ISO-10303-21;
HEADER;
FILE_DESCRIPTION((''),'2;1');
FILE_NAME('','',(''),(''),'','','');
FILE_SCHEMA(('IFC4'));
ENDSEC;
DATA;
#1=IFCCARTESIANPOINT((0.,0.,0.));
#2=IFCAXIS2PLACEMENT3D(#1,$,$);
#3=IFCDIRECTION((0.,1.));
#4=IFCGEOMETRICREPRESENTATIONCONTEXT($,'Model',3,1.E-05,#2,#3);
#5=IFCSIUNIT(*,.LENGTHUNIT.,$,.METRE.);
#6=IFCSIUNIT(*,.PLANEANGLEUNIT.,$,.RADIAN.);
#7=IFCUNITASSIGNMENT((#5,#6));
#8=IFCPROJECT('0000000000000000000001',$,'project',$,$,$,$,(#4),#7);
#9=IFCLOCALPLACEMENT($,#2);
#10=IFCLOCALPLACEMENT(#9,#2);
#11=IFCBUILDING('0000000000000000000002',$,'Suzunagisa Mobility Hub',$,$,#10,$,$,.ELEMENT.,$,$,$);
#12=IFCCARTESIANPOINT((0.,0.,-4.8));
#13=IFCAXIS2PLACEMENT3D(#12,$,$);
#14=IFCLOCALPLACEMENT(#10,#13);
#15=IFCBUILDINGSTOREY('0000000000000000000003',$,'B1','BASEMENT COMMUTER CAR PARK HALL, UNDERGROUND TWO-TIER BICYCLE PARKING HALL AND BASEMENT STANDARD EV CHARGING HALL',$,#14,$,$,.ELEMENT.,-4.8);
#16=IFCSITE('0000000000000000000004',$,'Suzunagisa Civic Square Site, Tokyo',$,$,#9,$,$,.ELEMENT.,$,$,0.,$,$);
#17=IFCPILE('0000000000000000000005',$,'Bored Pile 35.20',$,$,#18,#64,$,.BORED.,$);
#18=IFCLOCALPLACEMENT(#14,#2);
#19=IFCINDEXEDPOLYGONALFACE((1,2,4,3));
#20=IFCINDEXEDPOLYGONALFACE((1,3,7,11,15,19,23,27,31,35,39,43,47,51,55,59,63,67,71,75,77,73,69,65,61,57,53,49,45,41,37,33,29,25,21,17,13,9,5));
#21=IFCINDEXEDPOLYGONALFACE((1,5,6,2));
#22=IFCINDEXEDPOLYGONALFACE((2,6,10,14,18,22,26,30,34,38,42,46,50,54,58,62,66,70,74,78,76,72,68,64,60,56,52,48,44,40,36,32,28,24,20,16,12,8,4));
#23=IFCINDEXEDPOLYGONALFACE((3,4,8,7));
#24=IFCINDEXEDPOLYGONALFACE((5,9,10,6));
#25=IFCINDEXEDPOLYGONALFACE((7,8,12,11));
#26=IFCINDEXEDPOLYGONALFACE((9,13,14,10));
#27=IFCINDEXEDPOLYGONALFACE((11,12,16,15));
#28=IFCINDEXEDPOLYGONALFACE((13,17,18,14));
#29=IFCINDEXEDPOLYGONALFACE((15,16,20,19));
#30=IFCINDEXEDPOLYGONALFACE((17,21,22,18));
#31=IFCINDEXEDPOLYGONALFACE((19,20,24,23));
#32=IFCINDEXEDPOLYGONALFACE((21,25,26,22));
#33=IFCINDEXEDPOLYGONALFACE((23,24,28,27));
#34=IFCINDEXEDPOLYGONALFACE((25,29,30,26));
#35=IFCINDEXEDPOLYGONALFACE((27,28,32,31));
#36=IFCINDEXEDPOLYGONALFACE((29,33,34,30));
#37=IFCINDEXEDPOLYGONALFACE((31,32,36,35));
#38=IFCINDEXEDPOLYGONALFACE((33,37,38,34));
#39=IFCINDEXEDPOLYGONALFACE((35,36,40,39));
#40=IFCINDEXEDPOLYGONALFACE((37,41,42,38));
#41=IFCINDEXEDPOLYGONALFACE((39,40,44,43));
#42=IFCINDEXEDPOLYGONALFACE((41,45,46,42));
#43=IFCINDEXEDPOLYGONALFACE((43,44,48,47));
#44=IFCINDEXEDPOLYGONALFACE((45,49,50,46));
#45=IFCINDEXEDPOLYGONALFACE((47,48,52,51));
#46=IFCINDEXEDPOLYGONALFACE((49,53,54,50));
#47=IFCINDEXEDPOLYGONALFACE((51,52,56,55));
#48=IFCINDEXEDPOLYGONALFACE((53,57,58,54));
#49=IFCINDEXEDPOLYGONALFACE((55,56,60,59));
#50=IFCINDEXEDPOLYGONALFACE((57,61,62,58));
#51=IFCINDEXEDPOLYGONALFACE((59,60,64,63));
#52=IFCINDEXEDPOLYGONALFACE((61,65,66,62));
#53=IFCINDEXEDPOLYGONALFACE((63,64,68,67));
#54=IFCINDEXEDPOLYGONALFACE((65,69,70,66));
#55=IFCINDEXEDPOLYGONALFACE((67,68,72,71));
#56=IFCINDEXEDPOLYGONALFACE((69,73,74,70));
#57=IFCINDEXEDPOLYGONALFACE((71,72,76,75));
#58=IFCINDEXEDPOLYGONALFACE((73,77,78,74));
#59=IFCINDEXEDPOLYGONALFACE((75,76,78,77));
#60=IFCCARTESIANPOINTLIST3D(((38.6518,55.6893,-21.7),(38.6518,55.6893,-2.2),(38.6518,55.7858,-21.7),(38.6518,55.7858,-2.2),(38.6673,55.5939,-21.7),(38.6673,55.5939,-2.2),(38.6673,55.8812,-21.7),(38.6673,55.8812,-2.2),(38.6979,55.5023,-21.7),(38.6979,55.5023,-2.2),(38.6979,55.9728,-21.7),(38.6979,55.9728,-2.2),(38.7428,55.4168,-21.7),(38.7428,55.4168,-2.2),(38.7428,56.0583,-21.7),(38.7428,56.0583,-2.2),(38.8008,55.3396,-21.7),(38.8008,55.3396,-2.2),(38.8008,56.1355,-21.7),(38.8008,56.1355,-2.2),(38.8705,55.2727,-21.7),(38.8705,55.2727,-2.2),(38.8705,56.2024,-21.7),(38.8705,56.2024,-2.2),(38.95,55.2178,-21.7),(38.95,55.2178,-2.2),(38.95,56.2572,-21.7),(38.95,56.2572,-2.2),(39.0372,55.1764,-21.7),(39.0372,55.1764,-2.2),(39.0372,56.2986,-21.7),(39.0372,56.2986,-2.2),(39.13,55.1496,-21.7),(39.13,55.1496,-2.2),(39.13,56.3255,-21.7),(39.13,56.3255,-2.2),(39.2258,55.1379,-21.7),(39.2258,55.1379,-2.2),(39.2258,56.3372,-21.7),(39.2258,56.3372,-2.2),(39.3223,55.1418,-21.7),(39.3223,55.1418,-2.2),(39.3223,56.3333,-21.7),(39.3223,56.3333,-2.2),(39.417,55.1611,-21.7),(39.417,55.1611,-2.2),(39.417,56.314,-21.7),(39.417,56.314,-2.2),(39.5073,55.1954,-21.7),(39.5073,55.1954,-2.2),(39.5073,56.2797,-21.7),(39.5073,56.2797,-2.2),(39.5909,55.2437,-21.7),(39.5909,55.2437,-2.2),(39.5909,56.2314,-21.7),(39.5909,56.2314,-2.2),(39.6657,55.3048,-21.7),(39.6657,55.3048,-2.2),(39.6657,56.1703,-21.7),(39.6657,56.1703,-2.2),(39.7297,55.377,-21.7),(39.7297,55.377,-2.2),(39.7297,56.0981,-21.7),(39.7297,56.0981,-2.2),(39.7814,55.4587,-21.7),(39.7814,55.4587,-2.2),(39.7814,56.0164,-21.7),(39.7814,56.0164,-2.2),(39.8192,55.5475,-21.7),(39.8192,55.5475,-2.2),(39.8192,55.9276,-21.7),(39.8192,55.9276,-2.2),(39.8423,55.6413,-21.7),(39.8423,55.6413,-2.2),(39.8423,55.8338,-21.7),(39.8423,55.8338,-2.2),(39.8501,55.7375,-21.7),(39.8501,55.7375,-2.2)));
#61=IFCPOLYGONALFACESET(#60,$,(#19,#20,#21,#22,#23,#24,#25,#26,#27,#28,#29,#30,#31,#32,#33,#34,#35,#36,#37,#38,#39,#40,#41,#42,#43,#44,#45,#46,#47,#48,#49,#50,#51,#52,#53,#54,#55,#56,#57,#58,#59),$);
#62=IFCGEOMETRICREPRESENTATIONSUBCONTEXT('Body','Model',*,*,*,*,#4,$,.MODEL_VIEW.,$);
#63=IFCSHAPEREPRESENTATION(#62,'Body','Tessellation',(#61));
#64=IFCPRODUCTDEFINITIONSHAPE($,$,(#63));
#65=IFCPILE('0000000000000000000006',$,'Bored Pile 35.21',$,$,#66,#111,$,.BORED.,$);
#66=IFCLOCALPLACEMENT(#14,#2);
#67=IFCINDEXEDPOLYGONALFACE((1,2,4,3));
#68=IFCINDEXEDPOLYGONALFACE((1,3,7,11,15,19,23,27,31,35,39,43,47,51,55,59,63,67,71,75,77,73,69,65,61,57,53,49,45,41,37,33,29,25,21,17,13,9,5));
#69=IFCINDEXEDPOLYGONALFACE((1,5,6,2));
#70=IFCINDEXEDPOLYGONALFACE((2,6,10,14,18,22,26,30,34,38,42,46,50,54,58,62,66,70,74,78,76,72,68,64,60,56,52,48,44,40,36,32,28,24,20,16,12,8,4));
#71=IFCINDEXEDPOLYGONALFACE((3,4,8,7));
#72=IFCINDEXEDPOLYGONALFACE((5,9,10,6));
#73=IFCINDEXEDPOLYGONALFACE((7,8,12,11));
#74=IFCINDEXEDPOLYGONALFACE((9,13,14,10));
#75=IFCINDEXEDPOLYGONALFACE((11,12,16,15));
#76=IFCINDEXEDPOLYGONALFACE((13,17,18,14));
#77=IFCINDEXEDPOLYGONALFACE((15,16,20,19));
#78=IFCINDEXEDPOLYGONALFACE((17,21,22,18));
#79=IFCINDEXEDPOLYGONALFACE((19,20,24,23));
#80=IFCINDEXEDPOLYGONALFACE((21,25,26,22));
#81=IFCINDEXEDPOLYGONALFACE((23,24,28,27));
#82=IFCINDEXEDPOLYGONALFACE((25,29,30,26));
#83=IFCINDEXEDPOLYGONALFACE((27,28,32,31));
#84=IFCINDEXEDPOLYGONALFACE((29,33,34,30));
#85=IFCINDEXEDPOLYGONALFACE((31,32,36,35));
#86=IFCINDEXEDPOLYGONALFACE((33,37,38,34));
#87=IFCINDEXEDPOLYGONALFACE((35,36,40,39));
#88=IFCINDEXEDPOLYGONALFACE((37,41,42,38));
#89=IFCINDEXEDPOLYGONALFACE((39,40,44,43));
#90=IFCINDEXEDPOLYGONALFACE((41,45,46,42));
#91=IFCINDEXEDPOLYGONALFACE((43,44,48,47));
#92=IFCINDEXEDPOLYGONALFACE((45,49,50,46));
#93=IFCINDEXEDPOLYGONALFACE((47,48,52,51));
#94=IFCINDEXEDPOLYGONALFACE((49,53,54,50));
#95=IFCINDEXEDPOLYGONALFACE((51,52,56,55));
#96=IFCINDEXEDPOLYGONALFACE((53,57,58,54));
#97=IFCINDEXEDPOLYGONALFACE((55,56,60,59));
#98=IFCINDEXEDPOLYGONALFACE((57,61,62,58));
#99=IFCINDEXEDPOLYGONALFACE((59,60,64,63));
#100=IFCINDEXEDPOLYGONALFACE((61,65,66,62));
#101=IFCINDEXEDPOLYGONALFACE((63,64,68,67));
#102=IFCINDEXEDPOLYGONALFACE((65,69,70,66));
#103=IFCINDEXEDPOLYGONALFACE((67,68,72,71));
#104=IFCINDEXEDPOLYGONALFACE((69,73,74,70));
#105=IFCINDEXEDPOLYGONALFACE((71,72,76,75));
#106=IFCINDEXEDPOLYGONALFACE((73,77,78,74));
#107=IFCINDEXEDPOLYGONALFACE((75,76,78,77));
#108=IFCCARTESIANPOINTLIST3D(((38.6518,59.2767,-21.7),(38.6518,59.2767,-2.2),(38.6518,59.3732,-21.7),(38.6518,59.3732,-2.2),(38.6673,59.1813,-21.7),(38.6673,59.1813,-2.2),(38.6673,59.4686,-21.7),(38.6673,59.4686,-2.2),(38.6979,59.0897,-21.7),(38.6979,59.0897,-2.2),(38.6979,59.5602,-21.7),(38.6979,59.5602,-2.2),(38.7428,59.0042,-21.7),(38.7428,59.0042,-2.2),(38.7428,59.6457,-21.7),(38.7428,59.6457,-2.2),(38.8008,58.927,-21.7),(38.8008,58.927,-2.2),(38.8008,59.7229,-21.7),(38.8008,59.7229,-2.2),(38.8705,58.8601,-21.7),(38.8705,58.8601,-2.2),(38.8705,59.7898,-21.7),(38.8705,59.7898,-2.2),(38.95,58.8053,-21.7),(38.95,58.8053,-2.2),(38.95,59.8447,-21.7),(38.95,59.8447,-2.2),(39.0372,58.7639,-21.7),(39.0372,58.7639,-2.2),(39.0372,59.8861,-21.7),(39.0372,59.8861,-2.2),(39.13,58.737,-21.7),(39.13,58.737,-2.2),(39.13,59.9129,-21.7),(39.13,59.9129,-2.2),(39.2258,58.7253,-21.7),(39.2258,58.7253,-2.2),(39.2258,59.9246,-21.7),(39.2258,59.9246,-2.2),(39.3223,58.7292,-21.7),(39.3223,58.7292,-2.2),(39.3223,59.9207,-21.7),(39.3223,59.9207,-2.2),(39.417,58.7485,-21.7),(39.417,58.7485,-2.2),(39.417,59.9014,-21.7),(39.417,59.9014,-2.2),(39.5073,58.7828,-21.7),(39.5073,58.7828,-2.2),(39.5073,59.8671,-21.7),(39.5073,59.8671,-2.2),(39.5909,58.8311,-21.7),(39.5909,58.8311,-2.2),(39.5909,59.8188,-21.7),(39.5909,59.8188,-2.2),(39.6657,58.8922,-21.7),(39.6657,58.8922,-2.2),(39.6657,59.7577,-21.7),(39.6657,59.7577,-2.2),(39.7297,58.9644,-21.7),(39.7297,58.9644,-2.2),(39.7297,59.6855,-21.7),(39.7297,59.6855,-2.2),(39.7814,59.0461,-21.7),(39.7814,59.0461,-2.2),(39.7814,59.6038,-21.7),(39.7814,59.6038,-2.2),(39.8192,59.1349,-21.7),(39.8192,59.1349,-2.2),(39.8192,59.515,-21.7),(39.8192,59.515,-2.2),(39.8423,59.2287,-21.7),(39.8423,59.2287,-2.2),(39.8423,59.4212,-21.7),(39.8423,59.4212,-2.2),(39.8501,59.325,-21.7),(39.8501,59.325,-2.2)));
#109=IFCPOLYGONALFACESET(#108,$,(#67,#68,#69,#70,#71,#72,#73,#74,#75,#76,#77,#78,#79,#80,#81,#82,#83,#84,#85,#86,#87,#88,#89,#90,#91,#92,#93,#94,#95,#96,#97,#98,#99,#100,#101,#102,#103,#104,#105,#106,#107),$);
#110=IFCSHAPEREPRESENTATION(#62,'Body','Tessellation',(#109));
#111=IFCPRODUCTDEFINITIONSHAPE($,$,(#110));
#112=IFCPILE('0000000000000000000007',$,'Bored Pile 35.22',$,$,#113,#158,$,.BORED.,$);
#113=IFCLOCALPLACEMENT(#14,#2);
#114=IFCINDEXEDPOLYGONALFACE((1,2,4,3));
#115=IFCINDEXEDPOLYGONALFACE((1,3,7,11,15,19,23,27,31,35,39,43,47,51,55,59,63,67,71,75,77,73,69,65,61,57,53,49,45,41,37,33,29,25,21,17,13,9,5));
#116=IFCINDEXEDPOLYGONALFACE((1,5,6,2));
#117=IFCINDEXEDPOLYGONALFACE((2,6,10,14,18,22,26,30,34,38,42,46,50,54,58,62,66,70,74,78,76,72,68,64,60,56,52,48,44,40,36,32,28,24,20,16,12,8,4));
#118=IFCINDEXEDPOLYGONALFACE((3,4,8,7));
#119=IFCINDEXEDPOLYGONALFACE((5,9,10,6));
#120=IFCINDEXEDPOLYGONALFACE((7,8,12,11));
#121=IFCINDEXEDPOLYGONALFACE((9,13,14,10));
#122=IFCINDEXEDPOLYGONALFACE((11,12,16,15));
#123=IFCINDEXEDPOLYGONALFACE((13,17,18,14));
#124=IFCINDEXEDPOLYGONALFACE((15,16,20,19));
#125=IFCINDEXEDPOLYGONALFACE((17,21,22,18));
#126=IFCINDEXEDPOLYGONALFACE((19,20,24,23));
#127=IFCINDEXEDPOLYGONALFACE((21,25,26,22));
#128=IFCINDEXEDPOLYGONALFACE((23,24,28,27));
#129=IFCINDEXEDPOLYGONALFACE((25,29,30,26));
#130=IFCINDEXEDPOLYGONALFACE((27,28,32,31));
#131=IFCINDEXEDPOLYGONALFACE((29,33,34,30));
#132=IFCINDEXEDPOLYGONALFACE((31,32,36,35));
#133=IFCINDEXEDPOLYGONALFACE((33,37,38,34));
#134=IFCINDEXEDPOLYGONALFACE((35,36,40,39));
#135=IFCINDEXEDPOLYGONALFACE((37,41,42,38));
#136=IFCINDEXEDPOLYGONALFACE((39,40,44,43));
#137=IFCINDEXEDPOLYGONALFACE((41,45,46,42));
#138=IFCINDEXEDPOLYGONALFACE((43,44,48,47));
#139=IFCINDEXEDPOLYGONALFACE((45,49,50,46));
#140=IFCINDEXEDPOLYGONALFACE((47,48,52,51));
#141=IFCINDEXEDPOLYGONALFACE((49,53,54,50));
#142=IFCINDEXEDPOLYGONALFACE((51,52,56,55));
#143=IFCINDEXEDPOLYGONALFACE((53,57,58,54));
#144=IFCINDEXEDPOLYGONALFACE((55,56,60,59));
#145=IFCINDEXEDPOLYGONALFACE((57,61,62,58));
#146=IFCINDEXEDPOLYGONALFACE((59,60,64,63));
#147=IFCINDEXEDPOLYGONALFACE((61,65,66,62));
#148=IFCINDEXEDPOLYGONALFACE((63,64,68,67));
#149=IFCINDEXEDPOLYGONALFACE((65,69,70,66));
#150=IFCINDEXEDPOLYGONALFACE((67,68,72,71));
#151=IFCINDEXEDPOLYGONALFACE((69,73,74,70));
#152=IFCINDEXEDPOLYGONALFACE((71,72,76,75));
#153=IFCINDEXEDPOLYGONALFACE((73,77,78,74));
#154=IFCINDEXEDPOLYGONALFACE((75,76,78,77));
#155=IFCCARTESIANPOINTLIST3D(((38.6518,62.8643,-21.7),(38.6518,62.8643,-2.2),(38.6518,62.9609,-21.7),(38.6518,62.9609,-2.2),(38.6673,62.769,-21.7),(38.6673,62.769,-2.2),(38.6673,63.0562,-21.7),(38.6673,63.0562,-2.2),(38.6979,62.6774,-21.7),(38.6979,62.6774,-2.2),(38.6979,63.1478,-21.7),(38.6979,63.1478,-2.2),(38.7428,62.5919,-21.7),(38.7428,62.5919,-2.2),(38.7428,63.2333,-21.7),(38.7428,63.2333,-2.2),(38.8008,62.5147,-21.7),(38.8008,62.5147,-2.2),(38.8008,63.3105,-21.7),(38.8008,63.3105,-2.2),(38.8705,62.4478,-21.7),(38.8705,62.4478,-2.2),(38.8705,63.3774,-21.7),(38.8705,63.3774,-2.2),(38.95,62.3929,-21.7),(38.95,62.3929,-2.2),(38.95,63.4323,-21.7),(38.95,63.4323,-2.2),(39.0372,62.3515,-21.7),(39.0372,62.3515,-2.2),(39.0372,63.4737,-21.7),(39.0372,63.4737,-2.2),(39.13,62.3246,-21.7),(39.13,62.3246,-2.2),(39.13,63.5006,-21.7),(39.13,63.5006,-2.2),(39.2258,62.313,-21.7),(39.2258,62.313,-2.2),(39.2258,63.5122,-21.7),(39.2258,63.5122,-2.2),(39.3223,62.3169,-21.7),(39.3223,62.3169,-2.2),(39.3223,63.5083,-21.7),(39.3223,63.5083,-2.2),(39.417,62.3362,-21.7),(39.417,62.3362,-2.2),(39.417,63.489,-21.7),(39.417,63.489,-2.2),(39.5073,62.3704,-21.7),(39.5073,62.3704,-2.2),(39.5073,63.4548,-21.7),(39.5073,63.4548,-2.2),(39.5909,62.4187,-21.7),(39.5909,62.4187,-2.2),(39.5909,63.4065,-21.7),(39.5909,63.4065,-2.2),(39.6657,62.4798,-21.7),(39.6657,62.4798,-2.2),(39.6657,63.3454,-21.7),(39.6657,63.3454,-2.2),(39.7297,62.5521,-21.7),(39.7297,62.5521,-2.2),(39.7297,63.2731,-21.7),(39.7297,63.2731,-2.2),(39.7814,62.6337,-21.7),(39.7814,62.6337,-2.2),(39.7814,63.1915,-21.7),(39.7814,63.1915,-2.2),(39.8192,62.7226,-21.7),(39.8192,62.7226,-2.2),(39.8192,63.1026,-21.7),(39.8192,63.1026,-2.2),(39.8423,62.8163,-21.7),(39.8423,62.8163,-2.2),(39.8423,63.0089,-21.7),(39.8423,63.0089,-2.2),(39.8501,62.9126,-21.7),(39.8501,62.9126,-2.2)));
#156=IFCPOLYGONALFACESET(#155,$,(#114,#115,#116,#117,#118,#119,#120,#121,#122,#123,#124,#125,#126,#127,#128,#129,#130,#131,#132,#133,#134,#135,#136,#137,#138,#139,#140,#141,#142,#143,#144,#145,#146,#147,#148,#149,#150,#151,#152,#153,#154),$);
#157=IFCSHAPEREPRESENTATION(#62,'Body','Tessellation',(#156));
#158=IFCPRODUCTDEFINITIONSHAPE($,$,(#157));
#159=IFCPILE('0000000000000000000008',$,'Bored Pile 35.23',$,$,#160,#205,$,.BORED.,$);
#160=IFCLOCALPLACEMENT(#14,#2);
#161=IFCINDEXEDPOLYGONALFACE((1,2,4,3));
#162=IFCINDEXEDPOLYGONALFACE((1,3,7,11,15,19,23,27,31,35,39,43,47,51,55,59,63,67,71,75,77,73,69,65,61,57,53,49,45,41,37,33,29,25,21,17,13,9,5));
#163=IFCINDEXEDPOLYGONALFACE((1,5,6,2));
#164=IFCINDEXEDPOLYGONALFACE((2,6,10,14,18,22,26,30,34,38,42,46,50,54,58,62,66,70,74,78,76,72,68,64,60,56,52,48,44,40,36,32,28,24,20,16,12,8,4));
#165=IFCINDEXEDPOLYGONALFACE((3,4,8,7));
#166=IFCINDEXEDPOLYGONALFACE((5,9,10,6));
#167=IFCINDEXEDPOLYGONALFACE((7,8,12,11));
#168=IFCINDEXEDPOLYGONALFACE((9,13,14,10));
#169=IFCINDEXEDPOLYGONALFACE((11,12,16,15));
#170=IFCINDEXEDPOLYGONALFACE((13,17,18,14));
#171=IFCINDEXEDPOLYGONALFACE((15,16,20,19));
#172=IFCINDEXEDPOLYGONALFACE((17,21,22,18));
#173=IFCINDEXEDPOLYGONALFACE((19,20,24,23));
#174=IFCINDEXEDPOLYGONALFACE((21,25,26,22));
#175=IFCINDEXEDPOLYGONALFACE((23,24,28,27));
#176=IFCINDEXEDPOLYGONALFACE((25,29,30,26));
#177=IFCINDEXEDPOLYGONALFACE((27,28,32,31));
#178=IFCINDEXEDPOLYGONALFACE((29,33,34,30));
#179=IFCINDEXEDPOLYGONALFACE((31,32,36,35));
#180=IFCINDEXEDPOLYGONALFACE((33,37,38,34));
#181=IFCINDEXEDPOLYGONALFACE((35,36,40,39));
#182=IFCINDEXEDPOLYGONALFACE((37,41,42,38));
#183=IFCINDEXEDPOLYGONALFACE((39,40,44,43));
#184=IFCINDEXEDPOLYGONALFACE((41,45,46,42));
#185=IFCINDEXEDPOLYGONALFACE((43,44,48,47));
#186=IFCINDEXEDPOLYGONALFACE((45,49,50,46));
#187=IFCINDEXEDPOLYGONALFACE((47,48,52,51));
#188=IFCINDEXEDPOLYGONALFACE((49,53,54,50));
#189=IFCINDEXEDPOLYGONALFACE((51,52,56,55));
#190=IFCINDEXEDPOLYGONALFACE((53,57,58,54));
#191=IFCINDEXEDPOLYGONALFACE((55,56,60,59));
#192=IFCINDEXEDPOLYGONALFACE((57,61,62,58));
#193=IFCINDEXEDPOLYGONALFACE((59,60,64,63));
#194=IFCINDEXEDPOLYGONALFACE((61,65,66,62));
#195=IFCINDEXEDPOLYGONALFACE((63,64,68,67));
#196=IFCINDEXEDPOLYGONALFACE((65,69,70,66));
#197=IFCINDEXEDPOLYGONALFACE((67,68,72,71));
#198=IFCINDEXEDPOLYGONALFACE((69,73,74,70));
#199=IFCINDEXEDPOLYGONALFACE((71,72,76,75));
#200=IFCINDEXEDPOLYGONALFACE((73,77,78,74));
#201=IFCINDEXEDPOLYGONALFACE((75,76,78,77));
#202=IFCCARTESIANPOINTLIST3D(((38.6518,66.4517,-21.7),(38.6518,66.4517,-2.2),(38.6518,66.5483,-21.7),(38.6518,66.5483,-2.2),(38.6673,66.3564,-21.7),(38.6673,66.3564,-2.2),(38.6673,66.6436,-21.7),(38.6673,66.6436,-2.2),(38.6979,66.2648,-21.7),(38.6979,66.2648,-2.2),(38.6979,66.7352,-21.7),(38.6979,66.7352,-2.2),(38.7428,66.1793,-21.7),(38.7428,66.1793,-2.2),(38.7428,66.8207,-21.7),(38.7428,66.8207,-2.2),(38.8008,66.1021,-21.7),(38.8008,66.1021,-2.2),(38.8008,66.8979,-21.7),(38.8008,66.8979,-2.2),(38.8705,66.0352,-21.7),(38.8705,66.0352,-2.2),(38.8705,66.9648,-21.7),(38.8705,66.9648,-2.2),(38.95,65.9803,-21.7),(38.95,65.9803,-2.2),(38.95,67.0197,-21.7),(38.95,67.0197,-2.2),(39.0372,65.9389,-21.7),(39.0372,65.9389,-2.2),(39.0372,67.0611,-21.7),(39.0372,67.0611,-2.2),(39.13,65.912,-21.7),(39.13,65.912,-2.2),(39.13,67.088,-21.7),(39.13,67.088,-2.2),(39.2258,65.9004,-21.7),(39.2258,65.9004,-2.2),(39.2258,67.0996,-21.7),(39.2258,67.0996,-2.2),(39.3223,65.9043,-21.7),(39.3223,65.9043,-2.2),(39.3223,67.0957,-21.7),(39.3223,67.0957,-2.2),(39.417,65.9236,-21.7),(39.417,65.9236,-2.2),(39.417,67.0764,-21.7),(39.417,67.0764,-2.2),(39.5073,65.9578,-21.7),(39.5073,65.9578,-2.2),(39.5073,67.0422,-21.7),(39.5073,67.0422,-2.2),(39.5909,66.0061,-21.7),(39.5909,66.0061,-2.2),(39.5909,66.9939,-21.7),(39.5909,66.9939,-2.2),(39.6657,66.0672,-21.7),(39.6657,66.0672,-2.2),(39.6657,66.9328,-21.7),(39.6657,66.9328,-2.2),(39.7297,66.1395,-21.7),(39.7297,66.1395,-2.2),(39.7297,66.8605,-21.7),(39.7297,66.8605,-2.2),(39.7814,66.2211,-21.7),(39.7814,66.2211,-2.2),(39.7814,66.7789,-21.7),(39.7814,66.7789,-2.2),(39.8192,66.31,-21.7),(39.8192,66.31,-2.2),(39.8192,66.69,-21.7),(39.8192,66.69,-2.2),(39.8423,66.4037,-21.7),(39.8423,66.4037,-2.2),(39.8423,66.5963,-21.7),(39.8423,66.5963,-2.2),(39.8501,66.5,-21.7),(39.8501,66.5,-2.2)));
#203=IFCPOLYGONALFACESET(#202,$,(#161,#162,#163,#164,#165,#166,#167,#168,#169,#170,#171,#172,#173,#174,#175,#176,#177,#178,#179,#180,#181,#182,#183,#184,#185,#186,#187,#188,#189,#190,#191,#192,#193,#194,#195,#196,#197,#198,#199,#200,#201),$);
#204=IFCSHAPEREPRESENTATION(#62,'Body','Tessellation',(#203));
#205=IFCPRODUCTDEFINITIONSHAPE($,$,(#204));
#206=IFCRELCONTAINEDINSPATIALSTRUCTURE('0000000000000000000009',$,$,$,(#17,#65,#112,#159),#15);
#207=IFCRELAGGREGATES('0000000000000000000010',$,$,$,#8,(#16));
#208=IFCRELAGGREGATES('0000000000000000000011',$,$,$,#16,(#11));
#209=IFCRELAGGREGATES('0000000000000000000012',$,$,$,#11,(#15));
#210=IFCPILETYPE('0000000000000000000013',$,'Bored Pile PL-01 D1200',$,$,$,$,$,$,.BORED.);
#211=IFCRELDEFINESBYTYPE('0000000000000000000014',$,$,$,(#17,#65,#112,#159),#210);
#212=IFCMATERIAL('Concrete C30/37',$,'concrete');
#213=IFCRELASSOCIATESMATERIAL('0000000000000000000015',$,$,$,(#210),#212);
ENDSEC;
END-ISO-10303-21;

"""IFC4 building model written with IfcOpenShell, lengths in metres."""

from ifc_helpers import new_model, si_unit, direction, frame, origin, origin_2d, place, context, subcontext, project, spatial, circle, extrude, material, material_profile, profile_set, type_object, element, save


model = new_model("IFC4")

# Units and contexts
model_context = context("Model", 3, precision=1e-05, world=origin(), true_north=direction((0.0, 1.0)))
body_context = subcontext(model_context, "Body", "Model", "MODEL_VIEW")
ifc_project = project(units=[si_unit("LENGTHUNIT", "METRE"), si_unit("PLANEANGLEUNIT", "RADIAN")], contexts=[model_context])

# Site, building, storey
site_placement = place(None, origin())
site = spatial("IfcSite", under=ifc_project, at=site_placement, Name="Suzunagisa Civic Square Site, Tokyo", CompositionType="ELEMENT", RefElevation=0.0)
building_placement = place(site_placement, origin())
building = spatial("IfcBuilding", under=site, at=building_placement, Name="Suzunagisa Mobility Hub", CompositionType="ELEMENT")
storey_placement = place(building_placement, frame((0.0, 0.0, -4.8)))
storey = spatial("IfcBuildingStorey", under=building, at=storey_placement, Name="B1", Description="BASEMENT COMMUTER CAR PARK HALL, UNDERGROUND TWO-TIER BICYCLE PARKING HALL AND BASEMENT STANDARD EV CHARGING HALL", CompositionType="ELEMENT", Elevation=-4.8)

# Piles
ifc_material_1 = material(Name="Concrete C30/37", Category="concrete")
ifc_material_profile_1 = material_profile(ifc_material_1, circle(Radius=0.6001, at=origin_2d()), Name="BORED PILE D1200")
ifc_profile_set_1 = profile_set([ifc_material_profile_1], Name="Concrete C30/37")
pile_type = type_object("IfcPileType", Name="Bored Pile PL-01 D1200", PredefinedType="BORED", material=ifc_profile_set_1)
for number, where, z_axis, x_axis, name in (
    (1, (39.25, 55.7375, -2.2), (0.0, 0.0, -1.0), (1.0, 0.0, 0.0), "Bored Pile 35.20"),
    (2, (39.25, 59.325, -2.2), (0.0, 0.0, -1.0), (1.0, 0.0, 0.0), "Bored Pile 35.21"),
    (3, (39.25, 62.9126, -2.2), (0.0, 0.0, -1.0), (1.0, 0.0, 0.0), "Bored Pile 35.22"),
    (4, (39.25, 66.5, -2.2), (0.0, 0.0, -1.0), (1.0, 0.0, 0.0), "Bored Pile 35.23"),
):
    element("IfcPile", number, at=place(storey_placement, frame(where, z_axis=z_axis, x_axis=x_axis)), inside=storey, type_object=pile_type, Name=name, PredefinedType="BORED", context=body_context, shape_type="SweptSolid", body=[
        extrude(circle(Radius=0.6001, at=origin_2d()), origin(), (0.0, 0.0, 1.0), 19.5),
    ])

save(model, "model.ifc")
